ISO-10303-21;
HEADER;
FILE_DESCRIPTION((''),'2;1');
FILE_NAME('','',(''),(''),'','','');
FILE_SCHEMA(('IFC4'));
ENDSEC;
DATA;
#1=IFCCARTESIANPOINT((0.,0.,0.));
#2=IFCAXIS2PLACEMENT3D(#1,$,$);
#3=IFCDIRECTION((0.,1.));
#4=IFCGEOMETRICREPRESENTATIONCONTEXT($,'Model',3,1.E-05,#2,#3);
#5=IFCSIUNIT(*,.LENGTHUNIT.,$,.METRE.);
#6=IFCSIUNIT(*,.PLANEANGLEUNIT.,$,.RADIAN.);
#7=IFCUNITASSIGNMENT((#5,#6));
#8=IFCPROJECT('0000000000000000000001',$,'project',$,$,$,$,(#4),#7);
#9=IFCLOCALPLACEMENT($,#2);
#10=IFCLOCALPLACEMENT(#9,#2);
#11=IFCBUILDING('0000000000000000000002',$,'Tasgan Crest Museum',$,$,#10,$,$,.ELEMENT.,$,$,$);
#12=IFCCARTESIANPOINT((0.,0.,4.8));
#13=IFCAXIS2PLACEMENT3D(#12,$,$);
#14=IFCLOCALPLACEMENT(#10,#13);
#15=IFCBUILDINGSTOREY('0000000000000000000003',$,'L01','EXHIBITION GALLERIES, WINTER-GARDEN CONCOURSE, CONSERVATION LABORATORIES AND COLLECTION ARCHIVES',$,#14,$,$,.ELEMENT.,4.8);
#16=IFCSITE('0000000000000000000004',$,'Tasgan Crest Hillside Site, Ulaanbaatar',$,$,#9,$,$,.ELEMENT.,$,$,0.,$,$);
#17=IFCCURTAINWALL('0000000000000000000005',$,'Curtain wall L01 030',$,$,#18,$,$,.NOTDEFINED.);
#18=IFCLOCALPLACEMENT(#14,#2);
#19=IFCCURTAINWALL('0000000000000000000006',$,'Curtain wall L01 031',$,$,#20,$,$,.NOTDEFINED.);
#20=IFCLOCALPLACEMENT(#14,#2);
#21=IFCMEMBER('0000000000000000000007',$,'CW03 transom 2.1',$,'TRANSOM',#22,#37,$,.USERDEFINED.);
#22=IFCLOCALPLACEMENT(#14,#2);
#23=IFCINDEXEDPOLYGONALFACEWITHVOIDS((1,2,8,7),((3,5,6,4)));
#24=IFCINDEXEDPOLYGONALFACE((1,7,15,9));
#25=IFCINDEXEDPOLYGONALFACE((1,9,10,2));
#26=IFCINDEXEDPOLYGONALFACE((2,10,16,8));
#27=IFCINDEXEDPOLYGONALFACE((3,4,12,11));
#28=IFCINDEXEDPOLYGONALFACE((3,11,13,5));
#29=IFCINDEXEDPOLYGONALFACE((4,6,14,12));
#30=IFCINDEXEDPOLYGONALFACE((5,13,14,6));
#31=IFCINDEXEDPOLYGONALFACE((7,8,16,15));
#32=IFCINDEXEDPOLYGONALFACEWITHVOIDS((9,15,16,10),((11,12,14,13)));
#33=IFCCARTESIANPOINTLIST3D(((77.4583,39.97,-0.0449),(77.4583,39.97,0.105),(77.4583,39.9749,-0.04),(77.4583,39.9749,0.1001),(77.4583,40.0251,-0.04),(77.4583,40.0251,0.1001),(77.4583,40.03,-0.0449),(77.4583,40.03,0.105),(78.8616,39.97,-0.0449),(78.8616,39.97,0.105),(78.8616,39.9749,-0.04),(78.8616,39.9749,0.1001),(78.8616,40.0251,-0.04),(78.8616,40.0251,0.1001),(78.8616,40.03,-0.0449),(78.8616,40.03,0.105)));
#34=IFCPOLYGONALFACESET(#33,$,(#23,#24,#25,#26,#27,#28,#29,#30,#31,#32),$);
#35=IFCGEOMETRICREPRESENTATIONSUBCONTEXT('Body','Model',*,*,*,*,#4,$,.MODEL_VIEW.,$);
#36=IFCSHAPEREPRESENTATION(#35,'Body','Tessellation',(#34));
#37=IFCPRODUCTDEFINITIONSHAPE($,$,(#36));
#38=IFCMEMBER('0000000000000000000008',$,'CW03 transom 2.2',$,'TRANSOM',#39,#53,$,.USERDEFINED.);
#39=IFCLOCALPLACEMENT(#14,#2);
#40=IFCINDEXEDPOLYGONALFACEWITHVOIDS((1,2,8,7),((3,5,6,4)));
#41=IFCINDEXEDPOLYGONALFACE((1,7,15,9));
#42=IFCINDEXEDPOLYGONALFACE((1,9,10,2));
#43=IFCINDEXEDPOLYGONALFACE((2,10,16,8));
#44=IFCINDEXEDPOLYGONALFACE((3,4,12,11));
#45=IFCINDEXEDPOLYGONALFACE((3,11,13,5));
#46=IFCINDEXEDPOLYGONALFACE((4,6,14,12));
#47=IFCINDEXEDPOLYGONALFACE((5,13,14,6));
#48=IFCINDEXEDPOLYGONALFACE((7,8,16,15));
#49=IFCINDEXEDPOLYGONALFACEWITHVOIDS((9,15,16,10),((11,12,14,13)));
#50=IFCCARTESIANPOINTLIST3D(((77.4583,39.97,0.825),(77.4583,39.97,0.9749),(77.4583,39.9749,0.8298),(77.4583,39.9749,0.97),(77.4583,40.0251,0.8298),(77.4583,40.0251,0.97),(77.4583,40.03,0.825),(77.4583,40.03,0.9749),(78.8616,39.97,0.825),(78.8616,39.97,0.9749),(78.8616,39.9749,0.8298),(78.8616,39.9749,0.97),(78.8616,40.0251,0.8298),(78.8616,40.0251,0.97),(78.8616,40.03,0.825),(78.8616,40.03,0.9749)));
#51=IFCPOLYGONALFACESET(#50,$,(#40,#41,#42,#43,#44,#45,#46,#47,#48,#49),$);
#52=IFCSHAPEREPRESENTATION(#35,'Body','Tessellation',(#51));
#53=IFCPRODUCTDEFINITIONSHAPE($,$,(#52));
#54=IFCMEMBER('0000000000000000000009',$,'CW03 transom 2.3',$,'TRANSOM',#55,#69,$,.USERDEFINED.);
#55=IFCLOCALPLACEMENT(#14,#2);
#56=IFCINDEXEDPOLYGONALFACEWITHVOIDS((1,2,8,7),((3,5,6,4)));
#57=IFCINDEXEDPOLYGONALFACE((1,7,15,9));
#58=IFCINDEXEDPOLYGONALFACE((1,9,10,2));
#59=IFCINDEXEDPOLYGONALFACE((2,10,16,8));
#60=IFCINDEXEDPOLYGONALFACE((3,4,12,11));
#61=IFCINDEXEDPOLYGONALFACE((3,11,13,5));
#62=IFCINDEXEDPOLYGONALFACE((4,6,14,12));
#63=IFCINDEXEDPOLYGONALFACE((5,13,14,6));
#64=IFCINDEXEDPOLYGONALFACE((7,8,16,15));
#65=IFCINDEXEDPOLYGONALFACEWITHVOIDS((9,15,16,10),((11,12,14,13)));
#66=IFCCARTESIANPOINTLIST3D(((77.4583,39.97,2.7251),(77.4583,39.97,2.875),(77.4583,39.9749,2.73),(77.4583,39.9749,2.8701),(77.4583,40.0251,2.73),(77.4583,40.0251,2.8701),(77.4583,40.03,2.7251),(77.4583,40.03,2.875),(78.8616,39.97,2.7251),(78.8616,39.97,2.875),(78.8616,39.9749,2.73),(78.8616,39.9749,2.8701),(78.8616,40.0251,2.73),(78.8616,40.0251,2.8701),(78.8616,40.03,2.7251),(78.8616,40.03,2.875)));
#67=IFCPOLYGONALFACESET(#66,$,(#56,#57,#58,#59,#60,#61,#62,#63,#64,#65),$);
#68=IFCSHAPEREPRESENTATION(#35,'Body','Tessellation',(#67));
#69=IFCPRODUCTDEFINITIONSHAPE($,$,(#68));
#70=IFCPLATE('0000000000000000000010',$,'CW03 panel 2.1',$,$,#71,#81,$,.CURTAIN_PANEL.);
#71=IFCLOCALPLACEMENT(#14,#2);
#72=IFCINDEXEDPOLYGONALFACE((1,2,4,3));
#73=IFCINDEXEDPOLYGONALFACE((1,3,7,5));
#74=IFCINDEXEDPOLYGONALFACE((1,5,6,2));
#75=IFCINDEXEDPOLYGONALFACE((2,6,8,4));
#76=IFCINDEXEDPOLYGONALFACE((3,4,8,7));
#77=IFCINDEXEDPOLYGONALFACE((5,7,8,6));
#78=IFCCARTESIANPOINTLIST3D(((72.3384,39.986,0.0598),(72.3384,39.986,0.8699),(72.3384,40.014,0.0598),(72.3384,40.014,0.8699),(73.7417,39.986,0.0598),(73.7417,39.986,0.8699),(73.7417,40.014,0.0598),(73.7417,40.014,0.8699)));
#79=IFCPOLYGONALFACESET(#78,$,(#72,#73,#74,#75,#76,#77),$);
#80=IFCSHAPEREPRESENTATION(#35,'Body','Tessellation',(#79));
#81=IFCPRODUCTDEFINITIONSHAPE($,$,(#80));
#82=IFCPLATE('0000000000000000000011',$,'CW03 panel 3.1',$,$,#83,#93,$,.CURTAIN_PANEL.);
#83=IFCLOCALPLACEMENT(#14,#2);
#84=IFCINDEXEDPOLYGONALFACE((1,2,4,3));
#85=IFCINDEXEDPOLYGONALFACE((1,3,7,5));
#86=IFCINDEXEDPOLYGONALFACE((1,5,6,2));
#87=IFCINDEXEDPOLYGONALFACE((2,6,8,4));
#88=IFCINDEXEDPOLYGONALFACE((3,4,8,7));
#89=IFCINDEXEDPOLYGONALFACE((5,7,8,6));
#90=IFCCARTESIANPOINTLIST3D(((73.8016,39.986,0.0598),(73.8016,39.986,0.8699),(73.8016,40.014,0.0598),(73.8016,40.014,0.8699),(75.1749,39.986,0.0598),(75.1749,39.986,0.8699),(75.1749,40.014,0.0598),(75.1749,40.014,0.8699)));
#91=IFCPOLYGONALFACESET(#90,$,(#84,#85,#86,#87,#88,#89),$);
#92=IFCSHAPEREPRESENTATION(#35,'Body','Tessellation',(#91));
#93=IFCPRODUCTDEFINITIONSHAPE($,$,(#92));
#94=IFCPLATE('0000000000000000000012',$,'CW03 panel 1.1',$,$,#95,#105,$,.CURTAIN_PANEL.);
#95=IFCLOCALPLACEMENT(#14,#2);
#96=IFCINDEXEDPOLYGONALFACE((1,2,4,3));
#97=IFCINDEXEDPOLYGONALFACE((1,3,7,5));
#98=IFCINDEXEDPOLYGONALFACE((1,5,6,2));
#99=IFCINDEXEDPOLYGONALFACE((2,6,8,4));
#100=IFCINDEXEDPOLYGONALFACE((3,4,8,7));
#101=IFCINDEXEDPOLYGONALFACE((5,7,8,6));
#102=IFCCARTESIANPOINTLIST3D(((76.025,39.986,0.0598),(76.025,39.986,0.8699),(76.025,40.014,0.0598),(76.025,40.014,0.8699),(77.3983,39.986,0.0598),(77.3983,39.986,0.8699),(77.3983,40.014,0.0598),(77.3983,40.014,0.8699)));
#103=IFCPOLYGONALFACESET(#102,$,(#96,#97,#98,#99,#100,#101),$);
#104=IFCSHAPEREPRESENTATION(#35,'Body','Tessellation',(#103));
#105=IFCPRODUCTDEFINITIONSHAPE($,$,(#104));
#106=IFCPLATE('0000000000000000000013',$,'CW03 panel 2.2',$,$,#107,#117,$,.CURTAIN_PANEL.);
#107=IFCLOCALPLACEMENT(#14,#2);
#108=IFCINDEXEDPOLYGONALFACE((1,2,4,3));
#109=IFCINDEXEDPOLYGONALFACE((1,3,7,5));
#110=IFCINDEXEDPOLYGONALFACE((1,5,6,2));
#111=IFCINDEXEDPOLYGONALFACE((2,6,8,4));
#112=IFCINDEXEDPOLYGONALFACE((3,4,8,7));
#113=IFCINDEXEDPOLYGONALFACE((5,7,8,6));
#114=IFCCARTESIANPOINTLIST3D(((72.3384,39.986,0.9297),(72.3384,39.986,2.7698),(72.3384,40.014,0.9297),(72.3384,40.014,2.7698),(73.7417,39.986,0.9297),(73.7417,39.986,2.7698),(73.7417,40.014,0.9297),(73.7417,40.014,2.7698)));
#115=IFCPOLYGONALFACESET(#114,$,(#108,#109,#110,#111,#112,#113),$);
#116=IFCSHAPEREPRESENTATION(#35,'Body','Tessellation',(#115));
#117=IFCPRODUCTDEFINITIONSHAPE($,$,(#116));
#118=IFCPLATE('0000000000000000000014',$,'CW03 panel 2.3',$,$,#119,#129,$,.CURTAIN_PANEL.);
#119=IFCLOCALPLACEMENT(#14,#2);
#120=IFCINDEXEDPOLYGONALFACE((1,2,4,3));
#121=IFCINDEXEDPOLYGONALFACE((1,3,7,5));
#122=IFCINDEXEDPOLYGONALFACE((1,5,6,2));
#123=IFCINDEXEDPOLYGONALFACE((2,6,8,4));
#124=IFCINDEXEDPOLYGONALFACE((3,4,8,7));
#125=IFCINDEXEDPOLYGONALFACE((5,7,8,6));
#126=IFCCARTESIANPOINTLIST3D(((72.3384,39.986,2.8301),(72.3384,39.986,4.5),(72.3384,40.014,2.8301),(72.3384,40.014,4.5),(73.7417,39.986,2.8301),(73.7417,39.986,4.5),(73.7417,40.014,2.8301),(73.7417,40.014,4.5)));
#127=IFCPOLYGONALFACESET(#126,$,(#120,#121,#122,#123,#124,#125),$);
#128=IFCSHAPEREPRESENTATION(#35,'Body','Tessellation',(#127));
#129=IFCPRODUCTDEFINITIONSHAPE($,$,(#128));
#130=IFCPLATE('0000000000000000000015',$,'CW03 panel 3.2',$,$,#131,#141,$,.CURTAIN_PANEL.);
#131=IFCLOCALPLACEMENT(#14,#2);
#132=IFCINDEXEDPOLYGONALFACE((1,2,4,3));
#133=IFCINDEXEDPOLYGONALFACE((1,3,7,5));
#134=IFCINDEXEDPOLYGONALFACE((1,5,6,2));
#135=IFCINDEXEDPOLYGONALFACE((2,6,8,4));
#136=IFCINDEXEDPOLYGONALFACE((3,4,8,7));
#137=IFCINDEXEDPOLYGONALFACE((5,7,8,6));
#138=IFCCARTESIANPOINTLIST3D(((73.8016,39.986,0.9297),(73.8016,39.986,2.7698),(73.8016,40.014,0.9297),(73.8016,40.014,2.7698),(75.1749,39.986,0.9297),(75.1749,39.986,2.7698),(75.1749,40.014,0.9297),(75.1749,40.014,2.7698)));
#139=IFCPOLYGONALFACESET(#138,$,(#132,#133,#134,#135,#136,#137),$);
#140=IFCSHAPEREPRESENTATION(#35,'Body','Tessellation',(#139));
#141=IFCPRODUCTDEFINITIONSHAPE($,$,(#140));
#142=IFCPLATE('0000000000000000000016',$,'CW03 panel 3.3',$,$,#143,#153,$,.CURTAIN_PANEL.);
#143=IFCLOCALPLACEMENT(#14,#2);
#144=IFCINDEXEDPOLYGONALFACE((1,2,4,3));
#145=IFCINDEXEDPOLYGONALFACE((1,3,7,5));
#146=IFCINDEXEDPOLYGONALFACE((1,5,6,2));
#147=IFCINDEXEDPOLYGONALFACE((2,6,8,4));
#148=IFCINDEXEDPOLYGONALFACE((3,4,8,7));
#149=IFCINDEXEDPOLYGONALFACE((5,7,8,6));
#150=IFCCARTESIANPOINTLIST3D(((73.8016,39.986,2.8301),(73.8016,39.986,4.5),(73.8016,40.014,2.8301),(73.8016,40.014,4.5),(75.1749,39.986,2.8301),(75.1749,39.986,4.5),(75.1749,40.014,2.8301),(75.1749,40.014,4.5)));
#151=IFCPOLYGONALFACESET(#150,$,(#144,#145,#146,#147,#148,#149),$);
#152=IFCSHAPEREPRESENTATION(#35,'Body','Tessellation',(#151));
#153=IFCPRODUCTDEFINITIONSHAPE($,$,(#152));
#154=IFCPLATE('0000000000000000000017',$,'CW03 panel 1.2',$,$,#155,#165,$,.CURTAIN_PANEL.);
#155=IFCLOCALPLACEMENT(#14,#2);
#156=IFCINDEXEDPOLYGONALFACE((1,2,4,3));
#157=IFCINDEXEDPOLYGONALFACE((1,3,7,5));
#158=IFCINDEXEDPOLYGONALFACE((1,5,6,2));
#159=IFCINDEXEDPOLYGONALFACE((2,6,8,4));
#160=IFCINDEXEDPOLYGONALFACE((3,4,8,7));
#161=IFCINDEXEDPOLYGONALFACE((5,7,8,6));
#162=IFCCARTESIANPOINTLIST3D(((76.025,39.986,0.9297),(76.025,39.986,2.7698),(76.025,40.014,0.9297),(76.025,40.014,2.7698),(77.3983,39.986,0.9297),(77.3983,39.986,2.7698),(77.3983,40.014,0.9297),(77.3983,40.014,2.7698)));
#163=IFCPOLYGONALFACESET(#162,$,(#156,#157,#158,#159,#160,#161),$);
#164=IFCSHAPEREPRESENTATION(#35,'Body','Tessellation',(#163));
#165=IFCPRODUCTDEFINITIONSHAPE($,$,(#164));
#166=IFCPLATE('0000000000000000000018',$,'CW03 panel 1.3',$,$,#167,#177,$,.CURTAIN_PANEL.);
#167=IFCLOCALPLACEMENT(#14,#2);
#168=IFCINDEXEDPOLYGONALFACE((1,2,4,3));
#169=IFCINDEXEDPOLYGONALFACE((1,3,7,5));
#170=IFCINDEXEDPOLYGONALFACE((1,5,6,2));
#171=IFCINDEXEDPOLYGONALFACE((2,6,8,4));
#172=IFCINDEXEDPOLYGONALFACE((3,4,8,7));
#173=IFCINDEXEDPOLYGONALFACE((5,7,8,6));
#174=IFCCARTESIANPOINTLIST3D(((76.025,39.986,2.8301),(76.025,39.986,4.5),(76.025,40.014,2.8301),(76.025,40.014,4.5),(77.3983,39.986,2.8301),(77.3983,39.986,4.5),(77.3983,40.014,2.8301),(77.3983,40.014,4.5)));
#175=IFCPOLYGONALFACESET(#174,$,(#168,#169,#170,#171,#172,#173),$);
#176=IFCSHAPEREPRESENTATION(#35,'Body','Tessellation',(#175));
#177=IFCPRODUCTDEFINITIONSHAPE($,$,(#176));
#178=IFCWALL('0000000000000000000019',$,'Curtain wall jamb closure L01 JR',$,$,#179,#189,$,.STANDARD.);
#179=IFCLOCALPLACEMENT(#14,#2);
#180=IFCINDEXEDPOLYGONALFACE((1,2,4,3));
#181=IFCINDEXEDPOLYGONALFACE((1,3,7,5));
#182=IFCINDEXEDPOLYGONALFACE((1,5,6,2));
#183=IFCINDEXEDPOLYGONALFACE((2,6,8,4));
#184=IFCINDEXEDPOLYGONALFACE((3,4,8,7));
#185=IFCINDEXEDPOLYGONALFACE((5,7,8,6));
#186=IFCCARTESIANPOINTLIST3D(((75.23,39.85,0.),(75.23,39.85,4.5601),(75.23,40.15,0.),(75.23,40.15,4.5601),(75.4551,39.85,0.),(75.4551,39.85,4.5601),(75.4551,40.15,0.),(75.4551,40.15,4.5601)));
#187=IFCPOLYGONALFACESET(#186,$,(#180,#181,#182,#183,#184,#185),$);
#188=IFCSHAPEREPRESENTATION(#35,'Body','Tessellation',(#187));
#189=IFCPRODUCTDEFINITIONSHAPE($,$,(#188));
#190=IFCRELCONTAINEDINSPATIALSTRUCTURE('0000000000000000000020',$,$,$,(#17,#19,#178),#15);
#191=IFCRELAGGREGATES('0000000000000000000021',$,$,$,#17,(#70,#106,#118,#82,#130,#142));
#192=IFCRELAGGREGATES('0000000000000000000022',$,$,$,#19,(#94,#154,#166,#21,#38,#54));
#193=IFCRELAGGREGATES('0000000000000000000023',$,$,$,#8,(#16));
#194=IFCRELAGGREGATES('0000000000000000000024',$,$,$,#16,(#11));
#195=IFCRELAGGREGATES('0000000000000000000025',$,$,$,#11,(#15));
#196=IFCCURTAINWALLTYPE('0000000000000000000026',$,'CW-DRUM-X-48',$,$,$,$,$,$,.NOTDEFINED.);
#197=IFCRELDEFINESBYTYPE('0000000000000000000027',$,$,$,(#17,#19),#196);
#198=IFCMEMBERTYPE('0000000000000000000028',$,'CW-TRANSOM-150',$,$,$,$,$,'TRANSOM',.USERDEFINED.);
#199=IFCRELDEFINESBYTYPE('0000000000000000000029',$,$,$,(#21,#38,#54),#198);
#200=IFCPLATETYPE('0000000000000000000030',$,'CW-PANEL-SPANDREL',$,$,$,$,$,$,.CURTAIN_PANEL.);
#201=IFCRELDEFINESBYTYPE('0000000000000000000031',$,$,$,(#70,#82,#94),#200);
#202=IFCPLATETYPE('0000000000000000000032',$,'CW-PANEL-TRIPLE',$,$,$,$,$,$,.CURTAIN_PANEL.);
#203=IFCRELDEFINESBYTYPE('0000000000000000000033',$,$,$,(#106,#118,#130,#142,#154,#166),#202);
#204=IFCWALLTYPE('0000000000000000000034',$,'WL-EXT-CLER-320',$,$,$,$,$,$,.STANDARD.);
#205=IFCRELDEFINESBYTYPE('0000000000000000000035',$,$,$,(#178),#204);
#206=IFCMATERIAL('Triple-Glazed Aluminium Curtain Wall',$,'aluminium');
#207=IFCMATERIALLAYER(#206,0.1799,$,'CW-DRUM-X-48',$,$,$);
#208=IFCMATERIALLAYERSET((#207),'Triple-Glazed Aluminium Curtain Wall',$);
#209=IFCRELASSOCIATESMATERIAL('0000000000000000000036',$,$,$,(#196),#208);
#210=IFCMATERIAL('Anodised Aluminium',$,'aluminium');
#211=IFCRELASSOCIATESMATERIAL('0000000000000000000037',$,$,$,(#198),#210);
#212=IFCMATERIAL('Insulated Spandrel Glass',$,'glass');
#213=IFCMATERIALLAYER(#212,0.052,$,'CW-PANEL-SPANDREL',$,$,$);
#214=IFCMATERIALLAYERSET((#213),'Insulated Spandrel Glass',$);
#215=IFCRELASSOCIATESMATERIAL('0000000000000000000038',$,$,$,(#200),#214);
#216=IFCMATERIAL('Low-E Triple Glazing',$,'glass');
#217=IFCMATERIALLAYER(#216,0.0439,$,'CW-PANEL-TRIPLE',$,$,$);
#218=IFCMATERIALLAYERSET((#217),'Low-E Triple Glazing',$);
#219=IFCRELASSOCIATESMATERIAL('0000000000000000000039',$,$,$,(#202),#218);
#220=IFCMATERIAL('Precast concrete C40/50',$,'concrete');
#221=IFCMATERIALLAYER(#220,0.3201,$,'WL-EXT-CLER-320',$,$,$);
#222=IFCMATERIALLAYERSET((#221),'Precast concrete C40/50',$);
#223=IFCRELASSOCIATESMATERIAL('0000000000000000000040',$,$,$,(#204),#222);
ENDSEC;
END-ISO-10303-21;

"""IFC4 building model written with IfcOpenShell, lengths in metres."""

from ifc_helpers import new_model, si_unit, direction, frame, frame_2d, origin, origin_2d, place, context, subcontext, project, spatial, rectangle, hollow_rectangle, extrude, material, layer, layer_set, material_profile, profile_set, type_object, element, aggregate, save


model = new_model("IFC4")

# Units and contexts
model_context = context("Model", 3, precision=1e-05, world=origin(), true_north=direction((0.0, 1.0)))
body_context = subcontext(model_context, "Body", "Model", "MODEL_VIEW")
ifc_project = project(units=[si_unit("LENGTHUNIT", "METRE"), si_unit("PLANEANGLEUNIT", "RADIAN")], contexts=[model_context])

# Site, building, storey
site_placement = place(None, origin())
site = spatial("IfcSite", under=ifc_project, at=site_placement, Name="Tasgan Crest Hillside Site, Ulaanbaatar", CompositionType="ELEMENT", RefElevation=0.0)
building_placement = place(site_placement, origin())
building = spatial("IfcBuilding", under=site, at=building_placement, Name="Tasgan Crest Museum", CompositionType="ELEMENT")
storey_placement = place(building_placement, frame((0.0, 0.0, 4.8)))
storey = spatial("IfcBuildingStorey", under=building, at=storey_placement, Name="L01", Description="EXHIBITION GALLERIES, WINTER-GARDEN CONCOURSE, CONSERVATION LABORATORIES AND COLLECTION ARCHIVES", CompositionType="ELEMENT", Elevation=4.8)

# Curtain walls
ifc_material_1 = material(Name="Triple-Glazed Aluminium Curtain Wall", Category="aluminium")
ifc_layer_1 = layer(ifc_material_1, 0.1799, Name="CW-DRUM-X-48")
ifc_layer_set_1 = layer_set([ifc_layer_1], Name="Triple-Glazed Aluminium Curtain Wall")
curtain_wall_type = type_object("IfcCurtainWallType", Name="CW-DRUM-X-48", PredefinedType="NOTDEFINED", material=ifc_layer_set_1)
curtain_wall_1_placement = place(storey_placement, origin())
curtain_wall_1 = element("IfcCurtainWall", 1, at=curtain_wall_1_placement, inside=storey, type_object=curtain_wall_type, Name="Curtain wall L01 030", PredefinedType="NOTDEFINED")
curtain_wall_2_placement = place(storey_placement, origin())
curtain_wall_2 = element("IfcCurtainWall", 2, at=curtain_wall_2_placement, inside=storey, type_object=curtain_wall_type, Name="Curtain wall L01 031", PredefinedType="NOTDEFINED")

# Members
ifc_material_2 = material(Name="Anodised Aluminium", Category="aluminium")
ifc_material_profile_1 = material_profile(ifc_material_2, hollow_rectangle(XDim=0.0601, YDim=0.1499, WallThickness=0.0049, at=origin_2d()), Name="ALU TRANSOM 150x60x5")
ifc_profile_set_1 = profile_set([ifc_material_profile_1], Name="Anodised Aluminium")
member_type_1 = type_object("IfcMemberType", Name="CW-TRANSOM-150", ElementType="TRANSOM", PredefinedType="USERDEFINED", material=ifc_profile_set_1)
member_1_placement = place(storey_placement, frame((77.4583, 40.0, 0.03), z_axis=(1.0, 0.0, 0.0), x_axis=(0.0, 1.0, 0.0)))
member_1 = element("IfcMember", 3, at=member_1_placement, type_object=member_type_1, Name="CW03 transom 2.1", ObjectType="TRANSOM", PredefinedType="USERDEFINED", context=body_context, shape_type="SweptSolid", body=[
    extrude(hollow_rectangle(XDim=0.0601, YDim=0.1499, WallThickness=0.0049, at=origin_2d()), origin(), (0.0, 0.0, 1.0), 1.4033),
])
member_2_placement = place(storey_placement, frame((77.4583, 40.0, 0.8999), z_axis=(1.0, 0.0, 0.0), x_axis=(0.0, 1.0, 0.0)))
member_2 = element("IfcMember", 4, at=member_2_placement, type_object=member_type_1, Name="CW03 transom 2.2", ObjectType="TRANSOM", PredefinedType="USERDEFINED", context=body_context, shape_type="SweptSolid", body=[
    extrude(hollow_rectangle(XDim=0.0601, YDim=0.1499, WallThickness=0.0049, at=origin_2d()), origin(), (0.0, 0.0, 1.0), 1.4033),
])
member_3_placement = place(storey_placement, frame((77.4583, 40.0, 2.8), z_axis=(1.0, 0.0, 0.0), x_axis=(0.0, 1.0, 0.0)))
member_3 = element("IfcMember", 5, at=member_3_placement, type_object=member_type_1, Name="CW03 transom 2.3", ObjectType="TRANSOM", PredefinedType="USERDEFINED", context=body_context, shape_type="SweptSolid", body=[
    extrude(hollow_rectangle(XDim=0.0601, YDim=0.1499, WallThickness=0.0049, at=origin_2d()), origin(), (0.0, 0.0, 1.0), 1.4033),
])

# Plates
ifc_material_3 = material(Name="Insulated Spandrel Glass", Category="glass")
ifc_layer_2 = layer(ifc_material_3, 0.052, Name="CW-PANEL-SPANDREL")
ifc_layer_set_2 = layer_set([ifc_layer_2], Name="Insulated Spandrel Glass")
plate_type_1 = type_object("IfcPlateType", Name="CW-PANEL-SPANDREL", PredefinedType="CURTAIN_PANEL", material=ifc_layer_set_2)
plate_1_placement = place(storey_placement, frame((73.04, 40.0, 0.0598), z_axis=(0.0, 0.0, 1.0), x_axis=(1.0, 0.0, 0.0)))
plate_1 = element("IfcPlate", 6, at=plate_1_placement, type_object=plate_type_1, Name="CW03 panel 2.1", PredefinedType="CURTAIN_PANEL", context=body_context, shape_type="SweptSolid", body=[
    extrude(rectangle(XDim=1.4033, YDim=0.0281, at=origin_2d()), origin(), (0.0, 0.0, 1.0), 0.8101),
])
plate_2_placement = place(storey_placement, frame((74.4883, 40.0, 0.0598), z_axis=(0.0, 0.0, 1.0), x_axis=(1.0, 0.0, 0.0)))
plate_2 = element("IfcPlate", 7, at=plate_2_placement, type_object=plate_type_1, Name="CW03 panel 3.1", PredefinedType="CURTAIN_PANEL", context=body_context, shape_type="SweptSolid", body=[
    extrude(rectangle(XDim=1.3733, YDim=0.0281, at=origin_2d()), origin(), (0.0, 0.0, 1.0), 0.8101),
])
plate_3_placement = place(storey_placement, frame((76.7117, 40.0, 0.0598), z_axis=(0.0, 0.0, 1.0), x_axis=(1.0, 0.0, 0.0)))
plate_3 = element("IfcPlate", 8, at=plate_3_placement, type_object=plate_type_1, Name="CW03 panel 1.1", PredefinedType="CURTAIN_PANEL", context=body_context, shape_type="SweptSolid", body=[
    extrude(rectangle(XDim=1.3733, YDim=0.0281, at=origin_2d()), origin(), (0.0, 0.0, 1.0), 0.8101),
])
ifc_material_4 = material(Name="Low-E Triple Glazing", Category="glass")
ifc_layer_3 = layer(ifc_material_4, 0.0439, Name="CW-PANEL-TRIPLE")
ifc_layer_set_3 = layer_set([ifc_layer_3], Name="Low-E Triple Glazing")
plate_type_2 = type_object("IfcPlateType", Name="CW-PANEL-TRIPLE", PredefinedType="CURTAIN_PANEL", material=ifc_layer_set_3)
plate_4_placement = place(storey_placement, frame((73.04, 40.0, 0.9297), z_axis=(0.0, 0.0, 1.0), x_axis=(1.0, 0.0, 0.0)))
plate_4 = element("IfcPlate", 9, at=plate_4_placement, type_object=plate_type_2, Name="CW03 panel 2.2", PredefinedType="CURTAIN_PANEL", context=body_context, shape_type="SweptSolid", body=[
    extrude(rectangle(XDim=1.4033, YDim=0.0281, at=origin_2d()), origin(), (0.0, 0.0, 1.0), 1.8401),
])
plate_5_placement = place(storey_placement, frame((73.04, 40.0, 2.8301), z_axis=(0.0, 0.0, 1.0), x_axis=(1.0, 0.0, 0.0)))
plate_5 = element("IfcPlate", 10, at=plate_5_placement, type_object=plate_type_2, Name="CW03 panel 2.3", PredefinedType="CURTAIN_PANEL", context=body_context, shape_type="SweptSolid", body=[
    extrude(rectangle(XDim=1.4033, YDim=0.0281, at=origin_2d()), origin(), (0.0, 0.0, 1.0), 1.6699),
])
plate_6_placement = place(storey_placement, frame((74.4883, 40.0, 0.9297), z_axis=(0.0, 0.0, 1.0), x_axis=(1.0, 0.0, 0.0)))
plate_6 = element("IfcPlate", 11, at=plate_6_placement, type_object=plate_type_2, Name="CW03 panel 3.2", PredefinedType="CURTAIN_PANEL", context=body_context, shape_type="SweptSolid", body=[
    extrude(rectangle(XDim=1.3733, YDim=0.0281, at=origin_2d()), origin(), (0.0, 0.0, 1.0), 1.8401),
])
plate_7_placement = place(storey_placement, frame((74.4883, 40.0, 2.8301), z_axis=(0.0, 0.0, 1.0), x_axis=(1.0, 0.0, 0.0)))
plate_7 = element("IfcPlate", 12, at=plate_7_placement, type_object=plate_type_2, Name="CW03 panel 3.3", PredefinedType="CURTAIN_PANEL", context=body_context, shape_type="SweptSolid", body=[
    extrude(rectangle(XDim=1.3733, YDim=0.0281, at=origin_2d()), origin(), (0.0, 0.0, 1.0), 1.6699),
])
aggregate(curtain_wall_1, [plate_1, plate_4, plate_5, plate_2, plate_6, plate_7])
plate_8_placement = place(storey_placement, frame((76.7117, 40.0, 0.9297), z_axis=(0.0, 0.0, 1.0), x_axis=(1.0, 0.0, 0.0)))
plate_8 = element("IfcPlate", 13, at=plate_8_placement, type_object=plate_type_2, Name="CW03 panel 1.2", PredefinedType="CURTAIN_PANEL", context=body_context, shape_type="SweptSolid", body=[
    extrude(rectangle(XDim=1.3733, YDim=0.0281, at=origin_2d()), origin(), (0.0, 0.0, 1.0), 1.8401),
])
plate_9_placement = place(storey_placement, frame((76.7117, 40.0, 2.8301), z_axis=(0.0, 0.0, 1.0), x_axis=(1.0, 0.0, 0.0)))
plate_9 = element("IfcPlate", 14, at=plate_9_placement, type_object=plate_type_2, Name="CW03 panel 1.3", PredefinedType="CURTAIN_PANEL", context=body_context, shape_type="SweptSolid", body=[
    extrude(rectangle(XDim=1.3733, YDim=0.0281, at=origin_2d()), origin(), (0.0, 0.0, 1.0), 1.6699),
])
aggregate(curtain_wall_2, [plate_3, plate_8, plate_9, member_1, member_2, member_3])

# Wall
ifc_material_5 = material(Name="Precast concrete C40/50", Category="concrete")
ifc_layer_4 = layer(ifc_material_5, 0.3201, Name="WL-EXT-CLER-320")
ifc_layer_set_4 = layer_set([ifc_layer_4], Name="Precast concrete C40/50")
wall_type = type_object("IfcWallType", Name="WL-EXT-CLER-320", PredefinedType="STANDARD", material=ifc_layer_set_4)
wall_1_placement = place(storey_placement, frame((75.23, 40.0, 0.0), z_axis=(0.0, 0.0, 1.0), x_axis=(1.0, 0.0, 0.0)))
element("IfcWall", 15, at=wall_1_placement, inside=storey, type_object=wall_type, Name="Curtain wall jamb closure L01 JR", PredefinedType="STANDARD", context=body_context, shape_type="SweptSolid", body=[
    extrude(rectangle(XDim=0.2251, YDim=0.3, at=frame_2d((0.1125, 0.0))), origin(), (0.0, 0.0, 1.0), 4.5601),
])

save(model, "model.ifc")
